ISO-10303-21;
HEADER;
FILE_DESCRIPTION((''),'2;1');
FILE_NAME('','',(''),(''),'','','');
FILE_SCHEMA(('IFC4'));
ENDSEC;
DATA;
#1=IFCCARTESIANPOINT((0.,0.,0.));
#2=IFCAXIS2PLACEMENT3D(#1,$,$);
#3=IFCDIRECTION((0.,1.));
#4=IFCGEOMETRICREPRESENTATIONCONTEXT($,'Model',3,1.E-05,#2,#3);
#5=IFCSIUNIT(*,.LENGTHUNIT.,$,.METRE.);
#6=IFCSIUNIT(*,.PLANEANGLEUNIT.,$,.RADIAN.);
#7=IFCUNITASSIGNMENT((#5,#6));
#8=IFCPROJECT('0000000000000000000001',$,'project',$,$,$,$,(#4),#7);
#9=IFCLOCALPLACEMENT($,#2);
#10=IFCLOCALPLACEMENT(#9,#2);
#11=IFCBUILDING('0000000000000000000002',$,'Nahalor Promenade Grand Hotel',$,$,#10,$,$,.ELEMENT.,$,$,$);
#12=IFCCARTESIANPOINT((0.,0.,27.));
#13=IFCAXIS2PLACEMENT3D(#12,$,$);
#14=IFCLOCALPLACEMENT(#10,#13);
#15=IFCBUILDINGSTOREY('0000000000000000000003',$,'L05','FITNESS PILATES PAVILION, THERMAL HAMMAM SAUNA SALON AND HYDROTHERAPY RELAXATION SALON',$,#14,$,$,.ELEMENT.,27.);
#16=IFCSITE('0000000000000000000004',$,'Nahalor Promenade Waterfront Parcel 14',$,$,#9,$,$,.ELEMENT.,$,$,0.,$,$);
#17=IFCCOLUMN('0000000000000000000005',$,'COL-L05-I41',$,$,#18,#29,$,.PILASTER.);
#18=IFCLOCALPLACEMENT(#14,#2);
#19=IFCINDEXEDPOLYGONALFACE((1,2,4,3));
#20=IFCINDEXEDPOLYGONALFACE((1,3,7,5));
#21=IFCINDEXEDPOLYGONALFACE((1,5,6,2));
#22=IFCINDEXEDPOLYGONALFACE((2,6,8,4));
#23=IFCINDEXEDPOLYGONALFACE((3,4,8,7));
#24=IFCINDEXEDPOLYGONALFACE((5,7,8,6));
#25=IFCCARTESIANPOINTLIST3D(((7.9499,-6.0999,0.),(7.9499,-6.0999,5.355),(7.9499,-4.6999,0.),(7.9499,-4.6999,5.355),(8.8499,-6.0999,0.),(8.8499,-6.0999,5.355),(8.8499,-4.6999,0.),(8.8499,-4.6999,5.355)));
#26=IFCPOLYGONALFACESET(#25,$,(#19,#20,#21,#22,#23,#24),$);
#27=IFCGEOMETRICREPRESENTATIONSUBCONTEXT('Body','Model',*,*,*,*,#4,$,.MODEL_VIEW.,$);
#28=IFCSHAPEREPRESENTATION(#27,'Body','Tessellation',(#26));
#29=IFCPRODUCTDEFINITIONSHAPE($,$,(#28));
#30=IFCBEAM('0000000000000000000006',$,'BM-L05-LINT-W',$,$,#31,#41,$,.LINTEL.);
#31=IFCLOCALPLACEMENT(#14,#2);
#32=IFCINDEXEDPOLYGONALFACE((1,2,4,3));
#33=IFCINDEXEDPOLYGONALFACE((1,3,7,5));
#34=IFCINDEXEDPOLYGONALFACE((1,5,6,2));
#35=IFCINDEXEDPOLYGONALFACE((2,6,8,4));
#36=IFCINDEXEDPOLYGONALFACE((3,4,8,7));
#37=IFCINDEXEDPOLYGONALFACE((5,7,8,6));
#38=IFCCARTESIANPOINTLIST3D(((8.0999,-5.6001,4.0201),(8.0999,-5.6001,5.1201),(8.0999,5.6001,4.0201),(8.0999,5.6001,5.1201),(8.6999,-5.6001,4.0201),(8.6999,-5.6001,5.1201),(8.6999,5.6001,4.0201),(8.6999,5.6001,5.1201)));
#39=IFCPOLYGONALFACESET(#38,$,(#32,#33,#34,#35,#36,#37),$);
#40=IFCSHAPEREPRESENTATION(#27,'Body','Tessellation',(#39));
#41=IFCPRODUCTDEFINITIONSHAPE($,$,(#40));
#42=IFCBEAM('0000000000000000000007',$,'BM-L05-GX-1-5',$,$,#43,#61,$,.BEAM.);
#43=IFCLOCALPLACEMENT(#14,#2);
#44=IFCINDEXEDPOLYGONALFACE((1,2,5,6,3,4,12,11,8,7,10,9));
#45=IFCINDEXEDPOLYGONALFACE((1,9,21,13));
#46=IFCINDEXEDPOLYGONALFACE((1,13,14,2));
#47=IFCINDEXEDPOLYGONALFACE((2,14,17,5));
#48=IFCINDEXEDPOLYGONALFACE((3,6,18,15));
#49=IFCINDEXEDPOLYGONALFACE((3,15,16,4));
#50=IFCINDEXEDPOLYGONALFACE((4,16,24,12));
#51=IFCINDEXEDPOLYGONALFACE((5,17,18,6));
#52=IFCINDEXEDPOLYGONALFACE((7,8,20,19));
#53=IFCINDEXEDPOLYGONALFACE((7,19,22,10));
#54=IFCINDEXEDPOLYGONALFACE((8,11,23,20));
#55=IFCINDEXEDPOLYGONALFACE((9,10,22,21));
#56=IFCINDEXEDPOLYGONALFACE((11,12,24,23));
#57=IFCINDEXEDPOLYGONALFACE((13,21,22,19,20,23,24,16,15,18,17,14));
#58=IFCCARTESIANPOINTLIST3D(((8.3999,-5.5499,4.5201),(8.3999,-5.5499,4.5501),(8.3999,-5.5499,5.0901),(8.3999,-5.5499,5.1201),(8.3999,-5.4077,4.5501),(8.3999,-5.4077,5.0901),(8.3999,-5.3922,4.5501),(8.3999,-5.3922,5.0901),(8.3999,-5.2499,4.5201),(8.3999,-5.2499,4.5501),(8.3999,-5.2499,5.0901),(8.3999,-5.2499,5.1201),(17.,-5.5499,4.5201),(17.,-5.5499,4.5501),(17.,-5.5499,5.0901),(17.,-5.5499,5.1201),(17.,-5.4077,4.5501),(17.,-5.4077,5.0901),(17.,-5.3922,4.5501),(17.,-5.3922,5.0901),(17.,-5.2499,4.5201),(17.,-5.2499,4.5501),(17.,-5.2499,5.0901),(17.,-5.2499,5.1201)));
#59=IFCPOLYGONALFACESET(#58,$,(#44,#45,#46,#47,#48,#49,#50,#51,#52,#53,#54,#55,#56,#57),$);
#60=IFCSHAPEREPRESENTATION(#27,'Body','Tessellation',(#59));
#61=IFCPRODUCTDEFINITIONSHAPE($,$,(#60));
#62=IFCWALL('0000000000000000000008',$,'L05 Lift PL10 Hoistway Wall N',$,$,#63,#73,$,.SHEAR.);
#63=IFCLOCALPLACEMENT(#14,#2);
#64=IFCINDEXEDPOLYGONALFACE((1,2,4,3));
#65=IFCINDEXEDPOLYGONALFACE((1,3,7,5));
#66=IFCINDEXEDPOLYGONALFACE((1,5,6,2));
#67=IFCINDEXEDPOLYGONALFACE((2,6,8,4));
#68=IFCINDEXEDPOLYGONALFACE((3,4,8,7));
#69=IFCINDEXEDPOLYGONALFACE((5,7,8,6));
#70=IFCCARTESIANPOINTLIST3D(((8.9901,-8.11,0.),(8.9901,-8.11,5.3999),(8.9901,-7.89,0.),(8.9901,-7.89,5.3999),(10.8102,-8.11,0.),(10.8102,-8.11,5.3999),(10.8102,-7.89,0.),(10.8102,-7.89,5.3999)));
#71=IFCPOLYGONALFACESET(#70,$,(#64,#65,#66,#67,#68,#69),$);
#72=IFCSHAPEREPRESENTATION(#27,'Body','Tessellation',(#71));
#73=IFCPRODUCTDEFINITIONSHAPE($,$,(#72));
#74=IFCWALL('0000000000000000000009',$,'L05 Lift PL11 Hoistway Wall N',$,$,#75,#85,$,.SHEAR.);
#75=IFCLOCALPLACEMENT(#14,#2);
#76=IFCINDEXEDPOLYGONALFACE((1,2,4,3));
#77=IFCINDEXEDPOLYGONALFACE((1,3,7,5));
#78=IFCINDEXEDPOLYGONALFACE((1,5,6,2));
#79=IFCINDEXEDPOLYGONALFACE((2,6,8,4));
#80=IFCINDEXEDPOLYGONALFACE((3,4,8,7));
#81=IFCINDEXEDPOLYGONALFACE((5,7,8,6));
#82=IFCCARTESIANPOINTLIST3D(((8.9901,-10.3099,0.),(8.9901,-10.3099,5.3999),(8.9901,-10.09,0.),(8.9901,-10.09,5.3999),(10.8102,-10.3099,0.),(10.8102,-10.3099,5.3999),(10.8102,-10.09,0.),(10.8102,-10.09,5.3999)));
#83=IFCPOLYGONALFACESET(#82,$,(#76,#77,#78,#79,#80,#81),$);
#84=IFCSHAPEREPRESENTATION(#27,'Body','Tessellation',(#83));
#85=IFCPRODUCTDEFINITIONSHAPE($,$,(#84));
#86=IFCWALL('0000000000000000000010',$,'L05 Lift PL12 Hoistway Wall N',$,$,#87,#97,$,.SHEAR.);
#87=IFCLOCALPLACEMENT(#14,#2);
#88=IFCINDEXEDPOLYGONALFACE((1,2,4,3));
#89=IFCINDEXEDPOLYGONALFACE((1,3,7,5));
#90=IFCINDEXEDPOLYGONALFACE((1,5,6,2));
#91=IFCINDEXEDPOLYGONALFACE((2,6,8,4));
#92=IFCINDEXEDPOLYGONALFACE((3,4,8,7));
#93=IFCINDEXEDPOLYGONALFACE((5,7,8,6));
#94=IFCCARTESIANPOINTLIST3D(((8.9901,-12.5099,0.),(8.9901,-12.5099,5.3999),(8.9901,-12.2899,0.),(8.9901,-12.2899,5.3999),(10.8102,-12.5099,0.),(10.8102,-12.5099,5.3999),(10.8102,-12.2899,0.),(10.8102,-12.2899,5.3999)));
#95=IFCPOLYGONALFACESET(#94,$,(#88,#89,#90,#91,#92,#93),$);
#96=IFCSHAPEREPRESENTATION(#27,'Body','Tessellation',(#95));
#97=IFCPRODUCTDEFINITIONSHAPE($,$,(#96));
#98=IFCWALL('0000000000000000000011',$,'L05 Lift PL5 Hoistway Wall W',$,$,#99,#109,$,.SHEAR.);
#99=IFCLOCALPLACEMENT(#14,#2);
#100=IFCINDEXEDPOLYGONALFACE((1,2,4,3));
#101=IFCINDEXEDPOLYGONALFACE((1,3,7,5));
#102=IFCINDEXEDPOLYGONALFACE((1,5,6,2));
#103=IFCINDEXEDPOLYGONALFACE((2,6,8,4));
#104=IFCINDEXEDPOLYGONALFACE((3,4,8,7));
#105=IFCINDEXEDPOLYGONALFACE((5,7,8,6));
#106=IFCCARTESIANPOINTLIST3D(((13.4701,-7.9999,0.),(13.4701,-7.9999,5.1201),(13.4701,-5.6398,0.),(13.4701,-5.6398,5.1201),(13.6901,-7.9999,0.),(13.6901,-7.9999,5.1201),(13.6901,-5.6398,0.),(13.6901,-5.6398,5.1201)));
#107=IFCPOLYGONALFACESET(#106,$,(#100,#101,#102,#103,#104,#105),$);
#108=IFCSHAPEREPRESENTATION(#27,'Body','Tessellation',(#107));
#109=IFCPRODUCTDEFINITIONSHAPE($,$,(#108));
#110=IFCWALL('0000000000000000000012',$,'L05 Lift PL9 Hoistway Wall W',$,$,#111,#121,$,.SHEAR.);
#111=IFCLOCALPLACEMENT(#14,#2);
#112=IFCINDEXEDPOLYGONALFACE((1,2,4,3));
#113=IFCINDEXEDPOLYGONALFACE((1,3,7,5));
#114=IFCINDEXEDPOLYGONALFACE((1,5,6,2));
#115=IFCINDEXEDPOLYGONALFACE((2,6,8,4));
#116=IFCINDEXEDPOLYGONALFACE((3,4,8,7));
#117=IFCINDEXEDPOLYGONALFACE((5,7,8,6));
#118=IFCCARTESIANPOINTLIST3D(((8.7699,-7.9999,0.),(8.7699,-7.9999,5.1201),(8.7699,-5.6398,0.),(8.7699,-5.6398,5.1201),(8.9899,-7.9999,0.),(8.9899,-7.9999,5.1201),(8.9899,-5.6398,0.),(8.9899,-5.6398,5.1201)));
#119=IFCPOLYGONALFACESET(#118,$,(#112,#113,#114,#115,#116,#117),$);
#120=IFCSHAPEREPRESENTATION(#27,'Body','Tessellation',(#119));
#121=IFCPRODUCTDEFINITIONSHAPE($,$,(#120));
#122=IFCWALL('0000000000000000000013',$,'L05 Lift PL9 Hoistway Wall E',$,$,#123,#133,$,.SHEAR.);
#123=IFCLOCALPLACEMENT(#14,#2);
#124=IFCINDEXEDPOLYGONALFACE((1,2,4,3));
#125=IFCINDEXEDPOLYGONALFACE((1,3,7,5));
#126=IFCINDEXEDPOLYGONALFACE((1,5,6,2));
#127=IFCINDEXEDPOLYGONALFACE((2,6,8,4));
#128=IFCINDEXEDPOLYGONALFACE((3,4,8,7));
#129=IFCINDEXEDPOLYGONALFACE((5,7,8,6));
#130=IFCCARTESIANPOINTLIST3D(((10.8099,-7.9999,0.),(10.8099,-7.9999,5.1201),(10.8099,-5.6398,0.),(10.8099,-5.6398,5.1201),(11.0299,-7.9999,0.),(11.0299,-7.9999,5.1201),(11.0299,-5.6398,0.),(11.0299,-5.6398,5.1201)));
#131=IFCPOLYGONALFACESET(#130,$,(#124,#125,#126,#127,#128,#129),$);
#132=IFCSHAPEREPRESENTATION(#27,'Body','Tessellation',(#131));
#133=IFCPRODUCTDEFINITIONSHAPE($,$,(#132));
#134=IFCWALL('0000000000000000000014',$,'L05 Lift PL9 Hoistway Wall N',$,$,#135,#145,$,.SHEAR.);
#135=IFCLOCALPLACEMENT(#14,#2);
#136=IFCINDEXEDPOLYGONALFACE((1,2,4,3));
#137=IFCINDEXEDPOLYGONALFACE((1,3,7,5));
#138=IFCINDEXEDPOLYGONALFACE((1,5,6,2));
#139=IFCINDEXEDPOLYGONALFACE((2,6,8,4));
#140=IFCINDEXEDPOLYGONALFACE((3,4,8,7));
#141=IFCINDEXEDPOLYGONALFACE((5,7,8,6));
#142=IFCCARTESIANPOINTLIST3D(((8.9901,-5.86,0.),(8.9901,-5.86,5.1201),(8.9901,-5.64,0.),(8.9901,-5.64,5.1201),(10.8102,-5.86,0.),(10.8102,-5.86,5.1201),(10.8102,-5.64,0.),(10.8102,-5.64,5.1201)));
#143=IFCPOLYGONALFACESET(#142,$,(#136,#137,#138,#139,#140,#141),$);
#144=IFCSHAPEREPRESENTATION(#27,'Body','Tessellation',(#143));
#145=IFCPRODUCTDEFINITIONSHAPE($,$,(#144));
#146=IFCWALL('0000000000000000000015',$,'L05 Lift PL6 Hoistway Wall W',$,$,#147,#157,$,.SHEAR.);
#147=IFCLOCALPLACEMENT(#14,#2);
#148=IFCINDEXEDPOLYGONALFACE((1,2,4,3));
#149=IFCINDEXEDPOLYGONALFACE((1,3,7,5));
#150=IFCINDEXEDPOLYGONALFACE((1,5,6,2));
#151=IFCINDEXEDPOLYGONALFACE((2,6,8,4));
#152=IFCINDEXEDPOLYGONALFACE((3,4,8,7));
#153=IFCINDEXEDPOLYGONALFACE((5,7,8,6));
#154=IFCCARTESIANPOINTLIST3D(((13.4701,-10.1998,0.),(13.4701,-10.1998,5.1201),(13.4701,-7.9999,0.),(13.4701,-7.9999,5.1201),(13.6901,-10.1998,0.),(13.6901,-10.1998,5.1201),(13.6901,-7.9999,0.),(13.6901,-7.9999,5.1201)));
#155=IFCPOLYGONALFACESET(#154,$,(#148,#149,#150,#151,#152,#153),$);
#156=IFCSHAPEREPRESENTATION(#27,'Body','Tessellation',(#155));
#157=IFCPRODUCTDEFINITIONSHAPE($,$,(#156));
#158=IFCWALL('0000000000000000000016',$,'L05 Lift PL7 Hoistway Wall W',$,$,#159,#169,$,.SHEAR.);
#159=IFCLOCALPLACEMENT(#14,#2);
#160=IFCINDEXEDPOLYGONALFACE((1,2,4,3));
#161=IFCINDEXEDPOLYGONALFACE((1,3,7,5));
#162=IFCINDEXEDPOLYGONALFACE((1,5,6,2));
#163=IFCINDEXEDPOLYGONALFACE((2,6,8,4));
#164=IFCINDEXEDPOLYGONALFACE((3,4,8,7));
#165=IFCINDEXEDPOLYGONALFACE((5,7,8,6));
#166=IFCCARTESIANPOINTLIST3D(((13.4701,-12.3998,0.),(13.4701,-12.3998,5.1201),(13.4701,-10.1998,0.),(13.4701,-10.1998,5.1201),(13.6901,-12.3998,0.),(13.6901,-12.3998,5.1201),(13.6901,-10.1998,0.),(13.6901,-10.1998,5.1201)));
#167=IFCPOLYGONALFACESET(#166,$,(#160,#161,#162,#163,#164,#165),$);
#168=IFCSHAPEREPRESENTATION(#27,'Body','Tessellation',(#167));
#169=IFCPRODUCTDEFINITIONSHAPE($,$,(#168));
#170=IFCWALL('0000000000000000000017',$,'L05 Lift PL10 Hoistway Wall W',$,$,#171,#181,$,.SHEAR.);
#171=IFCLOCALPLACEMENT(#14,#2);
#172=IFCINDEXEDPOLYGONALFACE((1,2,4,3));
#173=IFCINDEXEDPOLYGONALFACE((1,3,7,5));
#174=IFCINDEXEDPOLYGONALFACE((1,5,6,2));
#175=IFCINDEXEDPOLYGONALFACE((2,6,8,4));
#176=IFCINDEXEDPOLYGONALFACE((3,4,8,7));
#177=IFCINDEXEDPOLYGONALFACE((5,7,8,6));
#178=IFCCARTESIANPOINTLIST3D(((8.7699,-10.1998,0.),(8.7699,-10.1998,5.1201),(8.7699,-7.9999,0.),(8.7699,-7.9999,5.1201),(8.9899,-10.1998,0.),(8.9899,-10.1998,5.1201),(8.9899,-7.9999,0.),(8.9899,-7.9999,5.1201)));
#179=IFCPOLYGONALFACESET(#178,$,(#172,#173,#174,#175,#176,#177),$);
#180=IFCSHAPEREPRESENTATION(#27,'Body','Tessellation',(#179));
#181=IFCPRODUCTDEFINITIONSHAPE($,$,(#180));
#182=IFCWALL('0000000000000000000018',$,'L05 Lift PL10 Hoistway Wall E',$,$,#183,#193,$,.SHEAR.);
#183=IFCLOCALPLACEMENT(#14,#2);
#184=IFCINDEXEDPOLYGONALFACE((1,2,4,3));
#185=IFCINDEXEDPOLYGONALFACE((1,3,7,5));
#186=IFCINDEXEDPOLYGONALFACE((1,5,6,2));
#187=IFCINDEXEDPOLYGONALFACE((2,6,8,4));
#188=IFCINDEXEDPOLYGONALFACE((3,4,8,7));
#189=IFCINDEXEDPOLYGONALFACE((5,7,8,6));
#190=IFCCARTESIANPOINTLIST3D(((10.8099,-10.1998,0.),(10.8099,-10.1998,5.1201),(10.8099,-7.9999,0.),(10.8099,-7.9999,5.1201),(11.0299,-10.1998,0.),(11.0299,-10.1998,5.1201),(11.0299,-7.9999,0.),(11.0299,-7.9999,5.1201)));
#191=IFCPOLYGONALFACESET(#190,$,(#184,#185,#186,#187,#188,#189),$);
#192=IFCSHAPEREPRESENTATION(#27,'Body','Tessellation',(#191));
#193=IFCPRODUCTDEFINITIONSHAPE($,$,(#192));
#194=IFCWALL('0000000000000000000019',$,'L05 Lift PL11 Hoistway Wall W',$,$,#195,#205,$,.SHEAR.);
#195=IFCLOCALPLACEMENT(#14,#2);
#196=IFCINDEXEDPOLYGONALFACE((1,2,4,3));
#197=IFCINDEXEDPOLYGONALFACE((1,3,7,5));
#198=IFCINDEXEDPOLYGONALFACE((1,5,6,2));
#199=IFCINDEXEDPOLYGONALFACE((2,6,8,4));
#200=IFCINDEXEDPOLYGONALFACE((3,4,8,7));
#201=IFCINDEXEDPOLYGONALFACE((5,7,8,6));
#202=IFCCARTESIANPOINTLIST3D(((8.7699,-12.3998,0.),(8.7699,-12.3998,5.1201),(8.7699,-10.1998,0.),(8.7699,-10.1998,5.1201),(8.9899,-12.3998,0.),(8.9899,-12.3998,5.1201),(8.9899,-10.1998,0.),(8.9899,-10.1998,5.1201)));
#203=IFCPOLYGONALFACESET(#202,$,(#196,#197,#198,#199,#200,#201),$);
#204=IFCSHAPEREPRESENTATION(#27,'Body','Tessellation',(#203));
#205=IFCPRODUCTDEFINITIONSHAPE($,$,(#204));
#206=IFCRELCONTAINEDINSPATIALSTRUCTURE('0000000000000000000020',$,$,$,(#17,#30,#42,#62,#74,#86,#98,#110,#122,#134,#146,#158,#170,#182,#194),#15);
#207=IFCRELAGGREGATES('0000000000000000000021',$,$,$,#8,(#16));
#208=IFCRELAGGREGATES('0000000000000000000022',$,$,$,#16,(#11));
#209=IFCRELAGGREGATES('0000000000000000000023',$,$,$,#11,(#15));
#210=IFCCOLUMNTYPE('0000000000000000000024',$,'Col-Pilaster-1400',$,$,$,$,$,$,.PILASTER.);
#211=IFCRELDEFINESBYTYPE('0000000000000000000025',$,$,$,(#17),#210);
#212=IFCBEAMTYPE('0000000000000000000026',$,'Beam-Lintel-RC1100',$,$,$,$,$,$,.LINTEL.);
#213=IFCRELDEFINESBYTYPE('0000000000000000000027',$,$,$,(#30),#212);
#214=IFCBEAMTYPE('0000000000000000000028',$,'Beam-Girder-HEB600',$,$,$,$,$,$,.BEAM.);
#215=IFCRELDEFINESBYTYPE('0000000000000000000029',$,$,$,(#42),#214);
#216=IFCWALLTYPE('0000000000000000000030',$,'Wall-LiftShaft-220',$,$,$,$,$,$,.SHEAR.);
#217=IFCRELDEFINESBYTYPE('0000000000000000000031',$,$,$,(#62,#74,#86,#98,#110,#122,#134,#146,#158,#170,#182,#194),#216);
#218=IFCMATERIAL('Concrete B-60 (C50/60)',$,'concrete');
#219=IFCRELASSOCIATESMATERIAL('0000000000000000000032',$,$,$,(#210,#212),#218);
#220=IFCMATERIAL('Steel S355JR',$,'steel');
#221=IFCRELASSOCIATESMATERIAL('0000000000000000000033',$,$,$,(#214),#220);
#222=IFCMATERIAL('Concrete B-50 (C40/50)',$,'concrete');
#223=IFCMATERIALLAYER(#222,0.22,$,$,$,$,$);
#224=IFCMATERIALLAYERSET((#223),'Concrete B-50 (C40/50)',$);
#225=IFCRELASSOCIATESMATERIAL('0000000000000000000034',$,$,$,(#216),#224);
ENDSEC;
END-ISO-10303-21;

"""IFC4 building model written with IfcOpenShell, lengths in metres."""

from ifc_helpers import new_model, si_unit, direction, frame, frame_2d, origin, origin_2d, place, context, subcontext, project, spatial, rectangle, i_section, extrude, source, transform, mapped, material, layer, layer_set, material_profile, profile_set, type_object, element, save


model = new_model("IFC4")

# Units and contexts
model_context = context("Model", 3, precision=1e-05, world=origin(), true_north=direction((0.0, 1.0)))
body_context = subcontext(model_context, "Body", "Model", "MODEL_VIEW")
ifc_project = project(units=[si_unit("LENGTHUNIT", "METRE"), si_unit("PLANEANGLEUNIT", "RADIAN")], contexts=[model_context])

# Site, building, storey
site_placement = place(None, origin())
site = spatial("IfcSite", under=ifc_project, at=site_placement, Name="Nahalor Promenade Waterfront Parcel 14", CompositionType="ELEMENT", RefElevation=0.0)
building_placement = place(site_placement, origin())
building = spatial("IfcBuilding", under=site, at=building_placement, Name="Nahalor Promenade Grand Hotel", CompositionType="ELEMENT")
storey_placement = place(building_placement, frame((0.0, 0.0, 27.0)))
storey = spatial("IfcBuildingStorey", under=building, at=storey_placement, Name="L05", Description="FITNESS PILATES PAVILION, THERMAL HAMMAM SAUNA SALON AND HYDROTHERAPY RELAXATION SALON", CompositionType="ELEMENT", Elevation=27.0)

# Column
ifc_material_1 = material(Name="Concrete B-60 (C50/60)", Category="concrete")
ifc_material_profile_1 = material_profile(ifc_material_1, rectangle(XDim=0.9, YDim=1.4, at=origin_2d()), Name="RC 900x1400")
ifc_profile_set_1 = profile_set([ifc_material_profile_1], Name="Concrete B-60 (C50/60)")
column_type = type_object("IfcColumnType", Name="Col-Pilaster-1400", PredefinedType="PILASTER", material=ifc_profile_set_1)
shared_shape_1 = source(origin(), body_context, "Body", "SweptSolid", [
    extrude(rectangle(XDim=0.9, YDim=1.4, at=origin_2d()), origin(), (0.0, 0.0, 1.0), 5.355),
])
column_placement = place(storey_placement, frame((8.3999, -5.3999, 0.0), z_axis=(0.0, 0.0, 1.0), x_axis=(1.0, 0.0, 0.0)))
element("IfcColumn", 1, at=column_placement, inside=storey, type_object=column_type, Name="COL-L05-I41", PredefinedType="PILASTER", context=body_context, shape_type="MappedRepresentation", body=[
    mapped(shared_shape_1, transform((0.0, 0.0, 0.0), scale=1.0)),
])

# Beams
ifc_material_profile_2 = material_profile(ifc_material_1, rectangle(XDim=0.6, YDim=1.1, at=origin_2d()), Name="RC 600x1100")
ifc_profile_set_2 = profile_set([ifc_material_profile_2], Name="Concrete B-60 (C50/60)")
beam_type_1 = type_object("IfcBeamType", Name="Beam-Lintel-RC1100", PredefinedType="LINTEL", material=ifc_profile_set_2)
shared_shape_2 = source(origin(), body_context, "Body", "SweptSolid", [
    extrude(rectangle(XDim=0.6, YDim=1.1, at=origin_2d()), origin(), (0.0, 0.0, 1.0), 11.2002),
])
beam_1_placement = place(storey_placement, frame((8.3999, -5.6001, 4.5701), z_axis=(0.0, 1.0, 0.0), x_axis=(-1.0, 0.0, 0.0)))
element("IfcBeam", 2, at=beam_1_placement, inside=storey, type_object=beam_type_1, Name="BM-L05-LINT-W", PredefinedType="LINTEL", context=body_context, shape_type="MappedRepresentation", body=[
    mapped(shared_shape_2, transform((0.0, 0.0, 0.0), scale=1.0)),
])
ifc_material_2 = material(Name="Steel S355JR", Category="steel")
ifc_material_profile_3 = material_profile(ifc_material_2, i_section(OverallWidth=0.3, OverallDepth=0.6, WebThickness=0.0155, FlangeThickness=0.03, at=origin_2d()), Name="HEB 600")
ifc_profile_set_3 = profile_set([ifc_material_profile_3], Name="Steel S355JR")
beam_type_2 = type_object("IfcBeamType", Name="Beam-Girder-HEB600", PredefinedType="BEAM", material=ifc_profile_set_3)
shared_shape_3 = source(origin(), body_context, "Body", "SweptSolid", [
    extrude(i_section(OverallWidth=0.3, OverallDepth=0.6, WebThickness=0.0155, FlangeThickness=0.03, at=origin_2d()), origin(), (0.0, 0.0, 1.0), 8.6001),
])
beam_2_placement = place(storey_placement, frame((8.3999, -5.3999, 4.8201), z_axis=(1.0, 0.0, 0.0), x_axis=(0.0, 1.0, 0.0)))
element("IfcBeam", 3, at=beam_2_placement, inside=storey, type_object=beam_type_2, Name="BM-L05-GX-1-5", PredefinedType="BEAM", context=body_context, shape_type="MappedRepresentation", body=[
    mapped(shared_shape_3, transform((0.0, 0.0, 0.0), scale=1.0)),
])

# Walls
ifc_material_3 = material(Name="Concrete B-50 (C40/50)", Category="concrete")
ifc_layer_1 = layer(ifc_material_3, 0.22)
ifc_layer_set_1 = layer_set([ifc_layer_1], Name="Concrete B-50 (C40/50)")
wall_type_1 = type_object("IfcWallType", Name="Wall-LiftShaft-220", PredefinedType="SHEAR", material=ifc_layer_set_1)
shared_shape_4 = source(origin(), body_context, "Body", "SweptSolid", [
    extrude(rectangle(XDim=1.8201, YDim=0.22, at=frame_2d((0.9102, 0.0))), origin(), (0.0, 0.0, 1.0), 5.3999),
])
for number, where, z_axis, x_axis, name in (
    (4, (8.99, -8.0, 0.0), (0.0, 0.0, 1.0), (1.0, 0.0, 0.0), "L05 Lift PL10 Hoistway Wall N"),
    (5, (8.99, -10.2, 0.0), (0.0, 0.0, 1.0), (1.0, 0.0, 0.0), "L05 Lift PL11 Hoistway Wall N"),
    (6, (8.99, -12.3999, 0.0), (0.0, 0.0, 1.0), (1.0, 0.0, 0.0), "L05 Lift PL12 Hoistway Wall N"),
):
    element("IfcWall", number, at=place(storey_placement, frame(where, z_axis=z_axis, x_axis=x_axis)), inside=storey, type_object=wall_type_1, Name=name, PredefinedType="SHEAR", context=body_context, shape_type="MappedRepresentation", body=[
        mapped(shared_shape_4, transform((0.0, 0.0, 0.0), scale=1.0)),
    ])
shared_shape_5 = source(origin(), body_context, "Body", "SweptSolid", [
    extrude(rectangle(XDim=2.3601, YDim=0.22, at=frame_2d((1.1802, 0.0))), origin(), (0.0, 0.0, 1.0), 5.1201),
])
for number, where, z_axis, x_axis, name in (
    (7, (13.5801, -8.0, 0.0), (0.0, 0.0, 1.0), (0.0, 1.0, 0.0), "L05 Lift PL5 Hoistway Wall W"),
    (8, (8.8799, -8.0, 0.0), (0.0, 0.0, 1.0), (0.0, 1.0, 0.0), "L05 Lift PL9 Hoistway Wall W"),
    (9, (10.9199, -8.0, 0.0), (0.0, 0.0, 1.0), (0.0, 1.0, 0.0), "L05 Lift PL9 Hoistway Wall E"),
):
    element("IfcWall", number, at=place(storey_placement, frame(where, z_axis=z_axis, x_axis=x_axis)), inside=storey, type_object=wall_type_1, Name=name, PredefinedType="SHEAR", context=body_context, shape_type="MappedRepresentation", body=[
        mapped(shared_shape_5, transform((0.0, 0.0, 0.0), scale=1.0)),
    ])
shared_shape_6 = source(origin(), body_context, "Body", "SweptSolid", [
    extrude(rectangle(XDim=1.8201, YDim=0.22, at=frame_2d((0.9102, 0.0))), origin(), (0.0, 0.0, 1.0), 5.1201),
])
wall_1_placement = place(storey_placement, frame((8.99, -5.75, 0.0), z_axis=(0.0, 0.0, 1.0), x_axis=(1.0, 0.0, 0.0)))
element("IfcWall", 10, at=wall_1_placement, inside=storey, type_object=wall_type_1, Name="L05 Lift PL9 Hoistway Wall N", PredefinedType="SHEAR", context=body_context, shape_type="MappedRepresentation", body=[
    mapped(shared_shape_6, transform((0.0, 0.0, 0.0), scale=1.0)),
])
shared_shape_7 = source(origin(), body_context, "Body", "SweptSolid", [
    extrude(rectangle(XDim=2.2, YDim=0.22, at=frame_2d((1.1001, 0.0))), origin(), (0.0, 0.0, 1.0), 5.1201),
])
for number, where, z_axis, x_axis, name in (
    (11, (13.5801, -10.2, 0.0), (0.0, 0.0, 1.0), (0.0, 1.0, 0.0), "L05 Lift PL6 Hoistway Wall W"),
    (12, (13.5801, -12.3999, 0.0), (0.0, 0.0, 1.0), (0.0, 1.0, 0.0), "L05 Lift PL7 Hoistway Wall W"),
    (13, (8.8799, -10.2, 0.0), (0.0, 0.0, 1.0), (0.0, 1.0, 0.0), "L05 Lift PL10 Hoistway Wall W"),
    (14, (10.9199, -10.2, 0.0), (0.0, 0.0, 1.0), (0.0, 1.0, 0.0), "L05 Lift PL10 Hoistway Wall E"),
    (15, (8.8799, -12.3999, 0.0), (0.0, 0.0, 1.0), (0.0, 1.0, 0.0), "L05 Lift PL11 Hoistway Wall W"),
):
    element("IfcWall", number, at=place(storey_placement, frame(where, z_axis=z_axis, x_axis=x_axis)), inside=storey, type_object=wall_type_1, Name=name, PredefinedType="SHEAR", context=body_context, shape_type="MappedRepresentation", body=[
        mapped(shared_shape_7, transform((0.0, 0.0, 0.0), scale=1.0)),
    ])

save(model, "model.ifc")
